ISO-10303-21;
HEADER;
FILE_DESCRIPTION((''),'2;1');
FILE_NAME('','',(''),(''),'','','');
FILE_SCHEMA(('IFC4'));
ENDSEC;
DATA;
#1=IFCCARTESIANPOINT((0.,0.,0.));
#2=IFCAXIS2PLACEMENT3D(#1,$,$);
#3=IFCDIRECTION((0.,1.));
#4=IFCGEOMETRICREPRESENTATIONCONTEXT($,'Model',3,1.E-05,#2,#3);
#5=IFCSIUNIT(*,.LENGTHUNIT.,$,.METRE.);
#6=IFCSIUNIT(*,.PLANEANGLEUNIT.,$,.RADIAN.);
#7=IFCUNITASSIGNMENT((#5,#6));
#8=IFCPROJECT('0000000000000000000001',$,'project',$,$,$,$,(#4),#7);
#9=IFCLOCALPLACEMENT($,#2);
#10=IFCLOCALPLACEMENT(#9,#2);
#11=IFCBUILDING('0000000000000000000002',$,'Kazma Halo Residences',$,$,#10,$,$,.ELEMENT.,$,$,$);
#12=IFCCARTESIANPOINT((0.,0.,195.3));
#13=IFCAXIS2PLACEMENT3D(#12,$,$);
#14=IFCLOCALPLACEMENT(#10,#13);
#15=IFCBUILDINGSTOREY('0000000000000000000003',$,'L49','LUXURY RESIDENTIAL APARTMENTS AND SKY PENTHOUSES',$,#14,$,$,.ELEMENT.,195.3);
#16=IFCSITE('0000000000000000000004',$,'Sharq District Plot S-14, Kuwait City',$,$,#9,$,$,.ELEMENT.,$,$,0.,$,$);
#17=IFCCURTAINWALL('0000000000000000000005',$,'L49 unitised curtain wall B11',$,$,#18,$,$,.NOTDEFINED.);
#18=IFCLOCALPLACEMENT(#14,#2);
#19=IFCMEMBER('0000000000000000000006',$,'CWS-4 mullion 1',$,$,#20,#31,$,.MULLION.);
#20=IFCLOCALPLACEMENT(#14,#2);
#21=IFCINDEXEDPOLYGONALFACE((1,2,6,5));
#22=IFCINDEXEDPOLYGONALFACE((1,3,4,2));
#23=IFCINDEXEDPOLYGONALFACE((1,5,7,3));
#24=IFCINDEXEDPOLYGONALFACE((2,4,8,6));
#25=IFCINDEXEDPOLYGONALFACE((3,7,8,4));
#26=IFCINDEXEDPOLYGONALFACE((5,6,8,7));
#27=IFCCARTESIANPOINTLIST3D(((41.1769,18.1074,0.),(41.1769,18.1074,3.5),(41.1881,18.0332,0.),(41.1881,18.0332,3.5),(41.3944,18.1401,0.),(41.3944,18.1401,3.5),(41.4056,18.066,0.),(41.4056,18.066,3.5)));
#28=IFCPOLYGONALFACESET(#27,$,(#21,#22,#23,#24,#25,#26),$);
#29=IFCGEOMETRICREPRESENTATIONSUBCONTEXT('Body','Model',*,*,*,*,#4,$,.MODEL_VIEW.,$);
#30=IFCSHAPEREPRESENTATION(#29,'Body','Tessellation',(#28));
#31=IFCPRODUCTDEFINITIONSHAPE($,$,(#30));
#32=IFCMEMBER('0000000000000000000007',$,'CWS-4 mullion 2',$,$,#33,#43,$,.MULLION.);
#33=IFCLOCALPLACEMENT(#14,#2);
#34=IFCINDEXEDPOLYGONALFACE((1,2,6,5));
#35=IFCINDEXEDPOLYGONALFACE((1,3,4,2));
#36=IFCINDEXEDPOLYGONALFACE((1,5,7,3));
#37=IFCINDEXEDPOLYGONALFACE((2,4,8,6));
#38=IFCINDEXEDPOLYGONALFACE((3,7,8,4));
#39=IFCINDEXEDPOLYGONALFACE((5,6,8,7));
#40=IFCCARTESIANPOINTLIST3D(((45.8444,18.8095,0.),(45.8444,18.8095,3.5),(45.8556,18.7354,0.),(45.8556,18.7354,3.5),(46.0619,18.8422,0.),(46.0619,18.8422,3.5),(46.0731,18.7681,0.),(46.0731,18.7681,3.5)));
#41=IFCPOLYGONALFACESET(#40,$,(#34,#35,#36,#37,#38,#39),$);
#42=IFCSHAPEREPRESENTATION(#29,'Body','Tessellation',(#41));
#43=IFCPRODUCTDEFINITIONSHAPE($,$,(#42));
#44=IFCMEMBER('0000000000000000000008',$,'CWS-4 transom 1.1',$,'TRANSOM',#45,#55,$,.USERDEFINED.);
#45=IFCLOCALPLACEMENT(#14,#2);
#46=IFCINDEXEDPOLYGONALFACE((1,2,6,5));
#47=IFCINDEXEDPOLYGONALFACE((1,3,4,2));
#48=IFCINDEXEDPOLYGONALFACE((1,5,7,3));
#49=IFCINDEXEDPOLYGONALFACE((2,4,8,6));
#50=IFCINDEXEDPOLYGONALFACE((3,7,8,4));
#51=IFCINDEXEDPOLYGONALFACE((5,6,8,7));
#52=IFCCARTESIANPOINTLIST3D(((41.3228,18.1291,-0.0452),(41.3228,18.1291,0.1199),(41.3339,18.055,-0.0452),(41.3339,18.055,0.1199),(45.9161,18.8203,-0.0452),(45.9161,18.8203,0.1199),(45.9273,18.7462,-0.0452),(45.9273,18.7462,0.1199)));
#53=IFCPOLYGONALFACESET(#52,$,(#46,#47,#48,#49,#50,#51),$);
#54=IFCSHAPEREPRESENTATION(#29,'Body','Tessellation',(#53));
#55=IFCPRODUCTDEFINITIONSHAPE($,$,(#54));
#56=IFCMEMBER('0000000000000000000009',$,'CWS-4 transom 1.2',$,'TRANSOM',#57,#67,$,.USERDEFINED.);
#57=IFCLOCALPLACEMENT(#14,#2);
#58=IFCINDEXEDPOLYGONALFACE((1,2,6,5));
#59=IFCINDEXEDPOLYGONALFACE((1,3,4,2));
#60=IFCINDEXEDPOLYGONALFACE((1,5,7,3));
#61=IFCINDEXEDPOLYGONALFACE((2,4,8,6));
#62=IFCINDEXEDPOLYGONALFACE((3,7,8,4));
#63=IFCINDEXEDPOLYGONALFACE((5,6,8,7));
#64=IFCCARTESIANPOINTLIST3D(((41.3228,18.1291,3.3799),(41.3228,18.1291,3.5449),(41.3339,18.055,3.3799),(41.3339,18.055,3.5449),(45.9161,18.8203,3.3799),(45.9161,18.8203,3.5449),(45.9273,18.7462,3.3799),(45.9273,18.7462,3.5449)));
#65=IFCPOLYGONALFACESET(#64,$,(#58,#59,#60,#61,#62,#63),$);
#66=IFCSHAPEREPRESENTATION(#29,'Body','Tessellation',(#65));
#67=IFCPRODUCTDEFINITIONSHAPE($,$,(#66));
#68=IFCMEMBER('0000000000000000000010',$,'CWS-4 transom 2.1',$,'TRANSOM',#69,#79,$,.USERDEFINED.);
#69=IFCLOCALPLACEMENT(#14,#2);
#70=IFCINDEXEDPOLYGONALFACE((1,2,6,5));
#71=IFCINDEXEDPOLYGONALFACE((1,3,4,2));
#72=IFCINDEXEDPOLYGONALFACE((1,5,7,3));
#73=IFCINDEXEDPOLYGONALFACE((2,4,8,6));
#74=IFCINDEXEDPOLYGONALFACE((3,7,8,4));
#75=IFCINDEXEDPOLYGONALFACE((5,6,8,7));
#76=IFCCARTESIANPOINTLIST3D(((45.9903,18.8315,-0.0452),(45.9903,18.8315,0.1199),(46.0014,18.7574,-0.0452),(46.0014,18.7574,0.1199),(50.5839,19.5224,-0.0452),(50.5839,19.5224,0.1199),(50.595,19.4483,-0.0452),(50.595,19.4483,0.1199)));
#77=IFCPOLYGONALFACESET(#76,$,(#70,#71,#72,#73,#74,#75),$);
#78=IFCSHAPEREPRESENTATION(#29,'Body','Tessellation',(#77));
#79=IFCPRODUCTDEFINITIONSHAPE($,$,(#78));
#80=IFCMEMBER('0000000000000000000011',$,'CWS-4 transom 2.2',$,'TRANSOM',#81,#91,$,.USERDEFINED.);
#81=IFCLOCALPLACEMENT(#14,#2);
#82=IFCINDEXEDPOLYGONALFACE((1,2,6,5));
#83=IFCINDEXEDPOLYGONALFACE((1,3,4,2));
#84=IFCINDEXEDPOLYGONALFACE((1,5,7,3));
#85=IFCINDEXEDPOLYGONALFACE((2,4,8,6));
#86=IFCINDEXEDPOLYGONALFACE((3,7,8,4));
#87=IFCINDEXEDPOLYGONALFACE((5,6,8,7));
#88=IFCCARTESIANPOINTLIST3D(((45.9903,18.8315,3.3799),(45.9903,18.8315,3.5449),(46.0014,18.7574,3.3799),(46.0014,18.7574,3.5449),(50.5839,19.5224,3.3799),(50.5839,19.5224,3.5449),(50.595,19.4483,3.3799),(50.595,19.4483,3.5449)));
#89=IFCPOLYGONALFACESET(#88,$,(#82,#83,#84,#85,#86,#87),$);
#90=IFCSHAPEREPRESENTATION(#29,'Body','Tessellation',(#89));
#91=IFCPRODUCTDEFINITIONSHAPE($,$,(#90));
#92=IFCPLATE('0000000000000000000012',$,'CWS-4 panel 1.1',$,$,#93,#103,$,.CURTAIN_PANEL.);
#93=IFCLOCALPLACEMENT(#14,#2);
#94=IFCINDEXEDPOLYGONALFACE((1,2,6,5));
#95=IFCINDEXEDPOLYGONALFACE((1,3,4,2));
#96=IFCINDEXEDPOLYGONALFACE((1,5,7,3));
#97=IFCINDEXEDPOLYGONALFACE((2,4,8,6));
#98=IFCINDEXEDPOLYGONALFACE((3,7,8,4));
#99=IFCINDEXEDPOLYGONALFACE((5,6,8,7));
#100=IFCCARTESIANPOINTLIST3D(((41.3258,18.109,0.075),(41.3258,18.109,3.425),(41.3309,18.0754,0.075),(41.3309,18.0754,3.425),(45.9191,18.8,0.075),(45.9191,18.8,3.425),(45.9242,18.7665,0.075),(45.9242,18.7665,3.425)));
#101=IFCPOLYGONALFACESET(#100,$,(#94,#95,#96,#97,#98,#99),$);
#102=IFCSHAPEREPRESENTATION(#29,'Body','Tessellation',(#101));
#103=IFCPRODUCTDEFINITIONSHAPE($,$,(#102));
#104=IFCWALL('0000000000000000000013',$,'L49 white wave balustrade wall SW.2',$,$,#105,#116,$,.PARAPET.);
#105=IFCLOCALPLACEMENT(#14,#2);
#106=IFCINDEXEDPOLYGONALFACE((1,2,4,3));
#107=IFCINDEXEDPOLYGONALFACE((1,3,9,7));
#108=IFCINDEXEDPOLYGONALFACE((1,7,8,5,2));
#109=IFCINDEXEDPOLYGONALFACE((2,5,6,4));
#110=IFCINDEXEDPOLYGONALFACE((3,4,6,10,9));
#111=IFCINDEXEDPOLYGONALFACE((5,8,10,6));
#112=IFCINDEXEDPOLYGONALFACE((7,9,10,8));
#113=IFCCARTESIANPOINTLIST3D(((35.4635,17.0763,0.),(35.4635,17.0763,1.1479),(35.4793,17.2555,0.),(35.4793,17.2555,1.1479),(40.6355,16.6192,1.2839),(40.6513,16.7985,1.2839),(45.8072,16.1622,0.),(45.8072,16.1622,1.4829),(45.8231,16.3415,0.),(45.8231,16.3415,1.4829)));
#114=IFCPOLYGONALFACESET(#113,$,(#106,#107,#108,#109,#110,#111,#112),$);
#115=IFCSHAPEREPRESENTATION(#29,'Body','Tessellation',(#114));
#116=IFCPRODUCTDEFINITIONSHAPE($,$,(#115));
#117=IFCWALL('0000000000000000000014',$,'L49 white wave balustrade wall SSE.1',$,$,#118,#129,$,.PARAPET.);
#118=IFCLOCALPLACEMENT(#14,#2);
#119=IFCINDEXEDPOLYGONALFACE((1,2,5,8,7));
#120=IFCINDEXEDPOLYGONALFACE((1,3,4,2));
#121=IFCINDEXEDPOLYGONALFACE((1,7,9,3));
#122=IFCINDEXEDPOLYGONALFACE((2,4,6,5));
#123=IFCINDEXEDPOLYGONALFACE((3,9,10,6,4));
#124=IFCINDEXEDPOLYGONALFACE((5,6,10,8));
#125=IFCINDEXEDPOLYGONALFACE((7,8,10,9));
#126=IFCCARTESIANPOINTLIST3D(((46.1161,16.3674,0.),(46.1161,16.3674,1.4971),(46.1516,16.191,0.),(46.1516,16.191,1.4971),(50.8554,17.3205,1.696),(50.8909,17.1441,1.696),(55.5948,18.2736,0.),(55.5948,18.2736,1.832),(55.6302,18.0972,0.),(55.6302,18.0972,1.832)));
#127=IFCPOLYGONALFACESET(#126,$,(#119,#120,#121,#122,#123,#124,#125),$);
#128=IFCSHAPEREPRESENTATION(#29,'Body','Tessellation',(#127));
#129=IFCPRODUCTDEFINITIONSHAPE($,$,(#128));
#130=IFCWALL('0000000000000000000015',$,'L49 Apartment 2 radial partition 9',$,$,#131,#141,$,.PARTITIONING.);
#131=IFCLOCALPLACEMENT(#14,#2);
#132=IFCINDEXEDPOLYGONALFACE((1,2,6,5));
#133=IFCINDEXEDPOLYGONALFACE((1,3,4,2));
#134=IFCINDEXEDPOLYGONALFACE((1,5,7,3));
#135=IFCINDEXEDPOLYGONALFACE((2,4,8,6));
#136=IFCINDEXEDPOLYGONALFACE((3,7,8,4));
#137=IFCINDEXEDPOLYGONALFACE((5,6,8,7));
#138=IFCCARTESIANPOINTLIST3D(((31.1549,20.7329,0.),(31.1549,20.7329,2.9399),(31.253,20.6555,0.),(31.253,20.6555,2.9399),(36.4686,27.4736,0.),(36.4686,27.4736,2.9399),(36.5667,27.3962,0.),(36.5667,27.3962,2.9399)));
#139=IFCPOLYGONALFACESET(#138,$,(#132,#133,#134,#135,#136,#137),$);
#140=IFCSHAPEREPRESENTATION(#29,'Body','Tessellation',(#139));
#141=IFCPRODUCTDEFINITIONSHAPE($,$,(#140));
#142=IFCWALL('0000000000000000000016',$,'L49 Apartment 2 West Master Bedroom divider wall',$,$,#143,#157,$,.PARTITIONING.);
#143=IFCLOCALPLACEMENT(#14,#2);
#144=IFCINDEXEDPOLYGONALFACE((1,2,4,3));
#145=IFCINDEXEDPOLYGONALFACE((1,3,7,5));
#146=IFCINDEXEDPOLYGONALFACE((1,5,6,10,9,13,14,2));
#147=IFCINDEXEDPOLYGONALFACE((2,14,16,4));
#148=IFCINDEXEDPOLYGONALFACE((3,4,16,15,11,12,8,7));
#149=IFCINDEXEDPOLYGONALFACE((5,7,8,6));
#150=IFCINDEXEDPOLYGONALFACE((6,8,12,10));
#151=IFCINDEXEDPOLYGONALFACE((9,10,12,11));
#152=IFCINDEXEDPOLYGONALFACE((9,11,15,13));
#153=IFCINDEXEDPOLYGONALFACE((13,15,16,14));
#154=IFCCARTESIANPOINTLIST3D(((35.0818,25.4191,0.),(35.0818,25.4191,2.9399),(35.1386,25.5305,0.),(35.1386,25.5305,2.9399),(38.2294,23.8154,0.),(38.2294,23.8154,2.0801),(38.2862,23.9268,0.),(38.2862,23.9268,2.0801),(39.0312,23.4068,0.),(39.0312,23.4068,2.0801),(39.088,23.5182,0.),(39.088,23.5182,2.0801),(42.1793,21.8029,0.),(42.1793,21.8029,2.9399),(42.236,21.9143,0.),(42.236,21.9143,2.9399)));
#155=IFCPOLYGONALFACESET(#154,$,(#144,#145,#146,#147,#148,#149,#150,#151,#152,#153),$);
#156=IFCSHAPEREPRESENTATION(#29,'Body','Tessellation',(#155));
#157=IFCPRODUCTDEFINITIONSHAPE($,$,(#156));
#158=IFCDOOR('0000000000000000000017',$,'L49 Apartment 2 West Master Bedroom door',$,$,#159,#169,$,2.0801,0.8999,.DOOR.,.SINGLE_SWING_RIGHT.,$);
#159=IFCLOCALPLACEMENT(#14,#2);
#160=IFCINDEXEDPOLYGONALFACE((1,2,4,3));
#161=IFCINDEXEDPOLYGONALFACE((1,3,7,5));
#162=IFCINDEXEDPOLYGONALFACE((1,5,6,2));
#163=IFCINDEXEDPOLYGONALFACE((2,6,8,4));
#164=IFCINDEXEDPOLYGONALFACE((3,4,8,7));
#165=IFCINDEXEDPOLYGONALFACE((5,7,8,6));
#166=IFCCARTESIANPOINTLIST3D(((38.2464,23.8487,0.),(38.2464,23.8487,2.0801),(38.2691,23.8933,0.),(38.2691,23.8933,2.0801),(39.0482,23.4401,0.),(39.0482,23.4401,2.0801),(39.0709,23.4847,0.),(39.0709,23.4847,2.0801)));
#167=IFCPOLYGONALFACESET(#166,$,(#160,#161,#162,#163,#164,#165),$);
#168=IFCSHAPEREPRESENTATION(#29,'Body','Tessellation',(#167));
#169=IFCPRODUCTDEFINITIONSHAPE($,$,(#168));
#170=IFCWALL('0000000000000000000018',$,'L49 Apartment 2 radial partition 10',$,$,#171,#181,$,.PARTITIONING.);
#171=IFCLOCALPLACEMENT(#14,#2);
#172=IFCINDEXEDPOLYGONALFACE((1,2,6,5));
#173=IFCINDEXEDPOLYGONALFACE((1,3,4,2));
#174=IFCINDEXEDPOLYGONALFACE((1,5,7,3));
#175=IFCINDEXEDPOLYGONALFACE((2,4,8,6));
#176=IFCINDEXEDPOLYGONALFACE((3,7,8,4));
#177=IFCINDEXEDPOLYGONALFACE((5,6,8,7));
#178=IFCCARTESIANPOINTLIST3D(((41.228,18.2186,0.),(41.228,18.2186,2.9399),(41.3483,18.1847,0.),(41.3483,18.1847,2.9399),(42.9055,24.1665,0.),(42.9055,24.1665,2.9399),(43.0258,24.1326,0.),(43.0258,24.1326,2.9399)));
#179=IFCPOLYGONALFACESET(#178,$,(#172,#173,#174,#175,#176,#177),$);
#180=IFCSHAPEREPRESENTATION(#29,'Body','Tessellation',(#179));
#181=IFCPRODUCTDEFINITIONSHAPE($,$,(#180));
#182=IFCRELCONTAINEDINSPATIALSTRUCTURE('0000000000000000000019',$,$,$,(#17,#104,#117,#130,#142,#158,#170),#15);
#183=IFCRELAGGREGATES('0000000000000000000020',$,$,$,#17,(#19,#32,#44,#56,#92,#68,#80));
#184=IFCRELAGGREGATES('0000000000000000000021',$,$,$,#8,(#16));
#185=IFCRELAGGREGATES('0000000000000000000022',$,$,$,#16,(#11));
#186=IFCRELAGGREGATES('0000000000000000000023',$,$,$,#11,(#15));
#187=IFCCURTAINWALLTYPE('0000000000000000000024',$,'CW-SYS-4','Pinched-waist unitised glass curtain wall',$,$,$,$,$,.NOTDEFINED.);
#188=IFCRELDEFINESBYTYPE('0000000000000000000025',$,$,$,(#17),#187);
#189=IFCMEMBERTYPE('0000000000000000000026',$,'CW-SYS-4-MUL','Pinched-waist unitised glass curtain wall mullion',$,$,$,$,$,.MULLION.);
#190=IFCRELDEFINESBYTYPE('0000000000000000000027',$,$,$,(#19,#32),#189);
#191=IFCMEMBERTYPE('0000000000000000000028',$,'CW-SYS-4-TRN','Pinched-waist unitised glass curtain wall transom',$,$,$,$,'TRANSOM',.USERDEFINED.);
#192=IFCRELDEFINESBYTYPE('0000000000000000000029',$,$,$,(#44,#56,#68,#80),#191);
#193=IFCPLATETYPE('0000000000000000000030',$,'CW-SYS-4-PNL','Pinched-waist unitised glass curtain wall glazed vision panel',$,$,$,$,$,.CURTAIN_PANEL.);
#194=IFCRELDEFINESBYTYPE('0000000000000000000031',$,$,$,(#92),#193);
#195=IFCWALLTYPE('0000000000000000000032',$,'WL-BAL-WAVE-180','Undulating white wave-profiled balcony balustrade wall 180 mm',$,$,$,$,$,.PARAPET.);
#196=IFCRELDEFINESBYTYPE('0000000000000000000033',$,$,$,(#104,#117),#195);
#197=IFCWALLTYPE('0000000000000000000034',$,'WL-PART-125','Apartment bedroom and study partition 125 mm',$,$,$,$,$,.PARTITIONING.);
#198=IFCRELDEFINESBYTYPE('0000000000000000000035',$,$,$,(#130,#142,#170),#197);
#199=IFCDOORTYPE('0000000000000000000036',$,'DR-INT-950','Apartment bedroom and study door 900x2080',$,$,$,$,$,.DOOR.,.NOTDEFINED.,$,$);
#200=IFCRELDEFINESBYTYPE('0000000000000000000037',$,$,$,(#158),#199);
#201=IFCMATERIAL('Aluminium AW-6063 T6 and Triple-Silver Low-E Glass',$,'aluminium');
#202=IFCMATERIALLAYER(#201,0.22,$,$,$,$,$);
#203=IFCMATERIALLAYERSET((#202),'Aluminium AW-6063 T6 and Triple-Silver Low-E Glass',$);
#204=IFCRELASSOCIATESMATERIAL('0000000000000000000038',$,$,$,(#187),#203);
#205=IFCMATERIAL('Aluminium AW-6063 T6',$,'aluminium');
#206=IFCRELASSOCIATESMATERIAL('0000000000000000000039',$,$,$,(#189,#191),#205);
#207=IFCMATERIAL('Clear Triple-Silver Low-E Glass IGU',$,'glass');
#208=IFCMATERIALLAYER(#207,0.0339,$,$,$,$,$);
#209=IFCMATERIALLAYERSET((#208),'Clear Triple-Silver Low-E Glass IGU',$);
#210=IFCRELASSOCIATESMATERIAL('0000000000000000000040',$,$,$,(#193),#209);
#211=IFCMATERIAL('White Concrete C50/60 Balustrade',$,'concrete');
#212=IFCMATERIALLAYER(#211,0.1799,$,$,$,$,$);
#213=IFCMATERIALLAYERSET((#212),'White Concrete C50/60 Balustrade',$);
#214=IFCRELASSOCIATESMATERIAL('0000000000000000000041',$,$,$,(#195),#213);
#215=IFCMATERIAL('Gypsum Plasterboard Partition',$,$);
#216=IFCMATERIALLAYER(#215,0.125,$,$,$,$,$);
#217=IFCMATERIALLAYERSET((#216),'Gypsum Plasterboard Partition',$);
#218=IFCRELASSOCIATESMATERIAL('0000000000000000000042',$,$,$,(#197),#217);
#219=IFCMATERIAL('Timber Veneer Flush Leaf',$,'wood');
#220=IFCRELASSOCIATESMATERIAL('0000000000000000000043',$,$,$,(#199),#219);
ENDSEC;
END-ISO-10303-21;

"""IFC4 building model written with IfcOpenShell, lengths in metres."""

from ifc_helpers import new_model, si_unit, direction, frame, frame_2d, origin, origin_2d, place, context, subcontext, project, spatial, polyline, rectangle, outline, extrude, material, layer, layer_set, material_profile, profile_set, type_object, element, fill, aggregate, save


model = new_model("IFC4")

# Units and contexts
model_context = context("Model", 3, precision=1e-05, world=origin(), true_north=direction((0.0, 1.0)))
body_context = subcontext(model_context, "Body", "Model", "MODEL_VIEW")
ifc_project = project(units=[si_unit("LENGTHUNIT", "METRE"), si_unit("PLANEANGLEUNIT", "RADIAN")], contexts=[model_context])

# Site, building, storey
site_placement = place(None, origin())
site = spatial("IfcSite", under=ifc_project, at=site_placement, Name="Sharq District Plot S-14, Kuwait City", CompositionType="ELEMENT", RefElevation=0.0)
building_placement = place(site_placement, origin())
building = spatial("IfcBuilding", under=site, at=building_placement, Name="Kazma Halo Residences", CompositionType="ELEMENT")
storey_placement = place(building_placement, frame((0.0, 0.0, 195.3)))
storey = spatial("IfcBuildingStorey", under=building, at=storey_placement, Name="L49", Description="LUXURY RESIDENTIAL APARTMENTS AND SKY PENTHOUSES", CompositionType="ELEMENT", Elevation=195.3)

# Curtain wall, members, plate
ifc_material_1 = material(Name="Aluminium AW-6063 T6 and Triple-Silver Low-E Glass", Category="aluminium")
ifc_layer_1 = layer(ifc_material_1, 0.22)
ifc_layer_set_1 = layer_set([ifc_layer_1], Name="Aluminium AW-6063 T6 and Triple-Silver Low-E Glass")
curtain_wall_type = type_object("IfcCurtainWallType", Name="CW-SYS-4", Description="Pinched-waist unitised glass curtain wall", PredefinedType="NOTDEFINED", material=ifc_layer_set_1)
curtain_wall_placement = place(storey_placement, origin())
curtain_wall = element("IfcCurtainWall", 1, at=curtain_wall_placement, inside=storey, type_object=curtain_wall_type, Name="L49 unitised curtain wall B11", PredefinedType="NOTDEFINED")
ifc_material_2 = material(Name="Aluminium AW-6063 T6", Category="aluminium")
ifc_material_profile_1 = material_profile(ifc_material_2, rectangle(XDim=0.075, YDim=0.22, at=origin_2d()), Name="CWM-75x220")
ifc_profile_set_1 = profile_set([ifc_material_profile_1], Name="Aluminium AW-6063 T6")
member_type_1 = type_object("IfcMemberType", Name="CW-SYS-4-MUL", Description="Pinched-waist unitised glass curtain wall mullion", PredefinedType="MULLION", material=ifc_profile_set_1)
member_1_placement = place(storey_placement, frame((41.2913, 18.0867, 0.0), z_axis=(0.0, 0.0, 1.0), x_axis=(-0.148773, 0.988871, 0.0)))
member_1 = element("IfcMember", 2, at=member_1_placement, type_object=member_type_1, Name="CWS-4 mullion 1", PredefinedType="MULLION", context=body_context, shape_type="SweptSolid", body=[
    extrude(rectangle(XDim=0.075, YDim=0.22, at=origin_2d()), origin(), (0.0, 0.0, 1.0), 3.5),
])
member_2_placement = place(storey_placement, frame((45.9587, 18.7888, 0.0), z_axis=(0.0, 0.0, 1.0), x_axis=(-0.148773, 0.988871, 0.0)))
member_2 = element("IfcMember", 3, at=member_2_placement, type_object=member_type_1, Name="CWS-4 mullion 2", PredefinedType="MULLION", context=body_context, shape_type="SweptSolid", body=[
    extrude(rectangle(XDim=0.075, YDim=0.22, at=origin_2d()), origin(), (0.0, 0.0, 1.0), 3.5),
])
ifc_material_profile_2 = material_profile(ifc_material_2, rectangle(XDim=0.075, YDim=0.165, at=origin_2d()), Name="CWT-75x165")
ifc_profile_set_2 = profile_set([ifc_material_profile_2], Name="Aluminium AW-6063 T6")
member_type_2 = type_object("IfcMemberType", Name="CW-SYS-4-TRN", Description="Pinched-waist unitised glass curtain wall transom", ElementType="TRANSOM", PredefinedType="USERDEFINED", material=ifc_profile_set_2)
member_3_placement = place(storey_placement, frame((41.3284, 18.092, 0.0374), z_axis=(0.988868, 0.148798, 0.0), x_axis=(-0.148798, 0.988868, 0.0)))
member_3 = element("IfcMember", 4, at=member_3_placement, type_object=member_type_2, Name="CWS-4 transom 1.1", ObjectType="TRANSOM", PredefinedType="USERDEFINED", context=body_context, shape_type="SweptSolid", body=[
    extrude(rectangle(XDim=0.075, YDim=0.165, at=origin_2d()), origin(), (0.0, 0.0, 1.0), 4.645),
])
member_4_placement = place(storey_placement, frame((41.3284, 18.092, 3.4624), z_axis=(0.988868, 0.148798, 0.0), x_axis=(-0.148798, 0.988868, 0.0)))
member_4 = element("IfcMember", 5, at=member_4_placement, type_object=member_type_2, Name="CWS-4 transom 1.2", ObjectType="TRANSOM", PredefinedType="USERDEFINED", context=body_context, shape_type="SweptSolid", body=[
    extrude(rectangle(XDim=0.075, YDim=0.165, at=origin_2d()), origin(), (0.0, 0.0, 1.0), 4.645),
])
member_5_placement = place(storey_placement, frame((45.9958, 18.7944, 0.0374), z_axis=(0.988877, 0.148739, 0.0), x_axis=(-0.148739, 0.988877, 0.0)))
member_5 = element("IfcMember", 6, at=member_5_placement, type_object=member_type_2, Name="CWS-4 transom 2.1", ObjectType="TRANSOM", PredefinedType="USERDEFINED", context=body_context, shape_type="SweptSolid", body=[
    extrude(rectangle(XDim=0.075, YDim=0.165, at=origin_2d()), origin(), (0.0, 0.0, 1.0), 4.6453),
])
member_6_placement = place(storey_placement, frame((45.9958, 18.7944, 3.4624), z_axis=(0.988877, 0.148739, 0.0), x_axis=(-0.148739, 0.988877, 0.0)))
member_6 = element("IfcMember", 7, at=member_6_placement, type_object=member_type_2, Name="CWS-4 transom 2.2", ObjectType="TRANSOM", PredefinedType="USERDEFINED", context=body_context, shape_type="SweptSolid", body=[
    extrude(rectangle(XDim=0.075, YDim=0.165, at=origin_2d()), origin(), (0.0, 0.0, 1.0), 4.6453),
])
ifc_material_3 = material(Name="Clear Triple-Silver Low-E Glass IGU", Category="glass")
ifc_layer_2 = layer(ifc_material_3, 0.0339)
ifc_layer_set_2 = layer_set([ifc_layer_2], Name="Clear Triple-Silver Low-E Glass IGU")
plate_type = type_object("IfcPlateType", Name="CW-SYS-4-PNL", Description="Pinched-waist unitised glass curtain wall glazed vision panel", PredefinedType="CURTAIN_PANEL", material=ifc_layer_set_2)
plate_placement = place(storey_placement, frame((43.625, 18.4377, 0.075), z_axis=(0.0, 0.0, 1.0), x_axis=(0.988871, 0.148773, 0.0)))
plate = element("IfcPlate", 8, at=plate_placement, type_object=plate_type, Name="CWS-4 panel 1.1", PredefinedType="CURTAIN_PANEL", context=body_context, shape_type="SweptSolid", body=[
    extrude(rectangle(XDim=4.645, YDim=0.0339, at=origin_2d()), origin(), (0.0, 0.0, 1.0), 3.3501),
])
aggregate(curtain_wall, [member_1, member_2, member_3, member_4, plate, member_5, member_6])

# Walls
ifc_material_4 = material(Name="White Concrete C50/60 Balustrade", Category="concrete")
ifc_layer_3 = layer(ifc_material_4, 0.1799)
ifc_layer_set_3 = layer_set([ifc_layer_3], Name="White Concrete C50/60 Balustrade")
wall_type_1 = type_object("IfcWallType", Name="WL-BAL-WAVE-180", Description="Undulating white wave-profiled balcony balustrade wall 180 mm", PredefinedType="PARAPET", material=ifc_layer_set_3)
wall_1_placement = place(storey_placement, frame((35.4714, 17.166, 0.0), z_axis=(0.0, 0.0, 1.0), x_axis=(0.996118, -0.088026, 0.0)))
element("IfcWall", 9, at=wall_1_placement, inside=storey, type_object=wall_type_1, Name="L49 white wave balustrade wall SW.2", PredefinedType="PARAPET", context=body_context, shape_type="SweptSolid", body=[
    extrude(outline(polyline([(0.0, 0.0), (10.384, 0.0), (10.384, 1.4829), (5.1921, 1.2839), (0.0, 1.1479), (0.0, 0.0)])), frame((0.0, 0.0898, 0.0), z_axis=(0.0, -1.0, 0.0), x_axis=(1.0, 0.0, 0.0)), (0.0, 0.0, 1.0), 0.1799),
])
wall_2_placement = place(storey_placement, frame((46.1338, 16.2793, 0.0), z_axis=(0.0, 0.0, 1.0), x_axis=(0.980371, 0.19716, 0.0)))
element("IfcWall", 10, at=wall_2_placement, inside=storey, type_object=wall_type_1, Name="L49 white wave balustrade wall SSE.1", PredefinedType="PARAPET", context=body_context, shape_type="SweptSolid", body=[
    extrude(outline(polyline([(0.0, 0.0), (9.6685, 0.0), (9.6685, 1.832), (4.8342, 1.696), (0.0, 1.4971), (0.0, 0.0)])), frame((0.0, 0.0898, 0.0), z_axis=(0.0, -1.0, 0.0), x_axis=(1.0, 0.0, 0.0)), (0.0, 0.0, 1.0), 0.1799),
])
ifc_material_5 = material(Name="Gypsum Plasterboard Partition")
ifc_layer_4 = layer(ifc_material_5, 0.125)
ifc_layer_set_4 = layer_set([ifc_layer_4], Name="Gypsum Plasterboard Partition")
wall_type_2 = type_object("IfcWallType", Name="WL-PART-125", Description="Apartment bedroom and study partition 125 mm", PredefinedType="PARTITIONING", material=ifc_layer_set_4)
wall_3_placement = place(storey_placement, frame((36.5176, 27.4348, 0.0), z_axis=(0.0, 0.0, 1.0), x_axis=(-0.619077, -0.78533, 0.0)))
element("IfcWall", 11, at=wall_3_placement, inside=storey, type_object=wall_type_2, Name="L49 Apartment 2 radial partition 9", PredefinedType="PARTITIONING", context=body_context, shape_type="SweptSolid", body=[
    extrude(rectangle(XDim=8.5833, YDim=0.125, at=frame_2d((4.2915, 0.0))), origin(), (0.0, 0.0, 1.0), 2.9399),
])

# Wall, opening, door
wall_4_placement = place(storey_placement, frame((35.1101, 25.4749, 0.0), z_axis=(0.0, 0.0, 1.0), x_axis=(0.891012, -0.45398, 0.0)))
wall_4 = element("IfcWall", 12, at=wall_4_placement, inside=storey, type_object=wall_type_2, Name="L49 Apartment 2 West Master Bedroom divider wall", PredefinedType="PARTITIONING", context=body_context, shape_type="SweptSolid", body=[
    extrude(rectangle(XDim=7.9656, YDim=0.125, at=frame_2d((3.9829, 0.0))), origin(), (0.0, 0.0, 1.0), 2.9399),
])
opening_1_placement = place(wall_4_placement, frame((3.5327, 0.0, 0.0)))
opening_1 = element("IfcOpeningElement", 13, at=opening_1_placement, cuts=wall_4, PredefinedType="OPENING", context=body_context, shape_type="SweptSolid", body=[
    extrude(rectangle(XDim=0.8999, YDim=2.0801, at=frame_2d((0.45, 1.04))), frame((0.0, 0.0725, 0.0), z_axis=(0.0, -1.0, 0.0), x_axis=(1.0, 0.0, 0.0)), (0.0, 0.0, 1.0), 0.145),
])
ifc_material_6 = material(Name="Timber Veneer Flush Leaf", Category="wood")
door_type_1 = type_object("IfcDoorType", Name="DR-INT-950", Description="Apartment bedroom and study door 900x2080", OperationType="NOTDEFINED", PredefinedType="DOOR", material=ifc_material_6)
door_1_placement = place(opening_1_placement, origin())
door_1 = element("IfcDoor", 14, at=door_1_placement, inside=storey, type_object=door_type_1, Name="L49 Apartment 2 West Master Bedroom door", OperationType="SINGLE_SWING_RIGHT", OverallHeight=2.0801, OverallWidth=0.8999, PredefinedType="DOOR", context=body_context, shape_type="SweptSolid", body=[
    extrude(rectangle(XDim=0.8999, YDim=2.0801, at=frame_2d((0.45, 1.04))), frame((0.0, 0.0249, 0.0), z_axis=(0.0, -1.0, 0.0), x_axis=(1.0, 0.0, 0.0)), (0.0, 0.0, 1.0), 0.05),
])
fill(opening_1, door_1)

# Wall
wall_5_placement = place(storey_placement, frame((42.9656, 24.1494, 0.0), z_axis=(0.0, 0.0, 1.0), x_axis=(-0.271438, -0.962456, 0.0)))
element("IfcWall", 15, at=wall_5_placement, inside=storey, type_object=wall_type_2, Name="L49 Apartment 2 radial partition 10", PredefinedType="PARTITIONING", context=body_context, shape_type="SweptSolid", body=[
    extrude(rectangle(XDim=6.1799, YDim=0.125, at=frame_2d((3.0898, 0.0))), origin(), (0.0, 0.0, 1.0), 2.9399),
])

save(model, "model.ifc")
